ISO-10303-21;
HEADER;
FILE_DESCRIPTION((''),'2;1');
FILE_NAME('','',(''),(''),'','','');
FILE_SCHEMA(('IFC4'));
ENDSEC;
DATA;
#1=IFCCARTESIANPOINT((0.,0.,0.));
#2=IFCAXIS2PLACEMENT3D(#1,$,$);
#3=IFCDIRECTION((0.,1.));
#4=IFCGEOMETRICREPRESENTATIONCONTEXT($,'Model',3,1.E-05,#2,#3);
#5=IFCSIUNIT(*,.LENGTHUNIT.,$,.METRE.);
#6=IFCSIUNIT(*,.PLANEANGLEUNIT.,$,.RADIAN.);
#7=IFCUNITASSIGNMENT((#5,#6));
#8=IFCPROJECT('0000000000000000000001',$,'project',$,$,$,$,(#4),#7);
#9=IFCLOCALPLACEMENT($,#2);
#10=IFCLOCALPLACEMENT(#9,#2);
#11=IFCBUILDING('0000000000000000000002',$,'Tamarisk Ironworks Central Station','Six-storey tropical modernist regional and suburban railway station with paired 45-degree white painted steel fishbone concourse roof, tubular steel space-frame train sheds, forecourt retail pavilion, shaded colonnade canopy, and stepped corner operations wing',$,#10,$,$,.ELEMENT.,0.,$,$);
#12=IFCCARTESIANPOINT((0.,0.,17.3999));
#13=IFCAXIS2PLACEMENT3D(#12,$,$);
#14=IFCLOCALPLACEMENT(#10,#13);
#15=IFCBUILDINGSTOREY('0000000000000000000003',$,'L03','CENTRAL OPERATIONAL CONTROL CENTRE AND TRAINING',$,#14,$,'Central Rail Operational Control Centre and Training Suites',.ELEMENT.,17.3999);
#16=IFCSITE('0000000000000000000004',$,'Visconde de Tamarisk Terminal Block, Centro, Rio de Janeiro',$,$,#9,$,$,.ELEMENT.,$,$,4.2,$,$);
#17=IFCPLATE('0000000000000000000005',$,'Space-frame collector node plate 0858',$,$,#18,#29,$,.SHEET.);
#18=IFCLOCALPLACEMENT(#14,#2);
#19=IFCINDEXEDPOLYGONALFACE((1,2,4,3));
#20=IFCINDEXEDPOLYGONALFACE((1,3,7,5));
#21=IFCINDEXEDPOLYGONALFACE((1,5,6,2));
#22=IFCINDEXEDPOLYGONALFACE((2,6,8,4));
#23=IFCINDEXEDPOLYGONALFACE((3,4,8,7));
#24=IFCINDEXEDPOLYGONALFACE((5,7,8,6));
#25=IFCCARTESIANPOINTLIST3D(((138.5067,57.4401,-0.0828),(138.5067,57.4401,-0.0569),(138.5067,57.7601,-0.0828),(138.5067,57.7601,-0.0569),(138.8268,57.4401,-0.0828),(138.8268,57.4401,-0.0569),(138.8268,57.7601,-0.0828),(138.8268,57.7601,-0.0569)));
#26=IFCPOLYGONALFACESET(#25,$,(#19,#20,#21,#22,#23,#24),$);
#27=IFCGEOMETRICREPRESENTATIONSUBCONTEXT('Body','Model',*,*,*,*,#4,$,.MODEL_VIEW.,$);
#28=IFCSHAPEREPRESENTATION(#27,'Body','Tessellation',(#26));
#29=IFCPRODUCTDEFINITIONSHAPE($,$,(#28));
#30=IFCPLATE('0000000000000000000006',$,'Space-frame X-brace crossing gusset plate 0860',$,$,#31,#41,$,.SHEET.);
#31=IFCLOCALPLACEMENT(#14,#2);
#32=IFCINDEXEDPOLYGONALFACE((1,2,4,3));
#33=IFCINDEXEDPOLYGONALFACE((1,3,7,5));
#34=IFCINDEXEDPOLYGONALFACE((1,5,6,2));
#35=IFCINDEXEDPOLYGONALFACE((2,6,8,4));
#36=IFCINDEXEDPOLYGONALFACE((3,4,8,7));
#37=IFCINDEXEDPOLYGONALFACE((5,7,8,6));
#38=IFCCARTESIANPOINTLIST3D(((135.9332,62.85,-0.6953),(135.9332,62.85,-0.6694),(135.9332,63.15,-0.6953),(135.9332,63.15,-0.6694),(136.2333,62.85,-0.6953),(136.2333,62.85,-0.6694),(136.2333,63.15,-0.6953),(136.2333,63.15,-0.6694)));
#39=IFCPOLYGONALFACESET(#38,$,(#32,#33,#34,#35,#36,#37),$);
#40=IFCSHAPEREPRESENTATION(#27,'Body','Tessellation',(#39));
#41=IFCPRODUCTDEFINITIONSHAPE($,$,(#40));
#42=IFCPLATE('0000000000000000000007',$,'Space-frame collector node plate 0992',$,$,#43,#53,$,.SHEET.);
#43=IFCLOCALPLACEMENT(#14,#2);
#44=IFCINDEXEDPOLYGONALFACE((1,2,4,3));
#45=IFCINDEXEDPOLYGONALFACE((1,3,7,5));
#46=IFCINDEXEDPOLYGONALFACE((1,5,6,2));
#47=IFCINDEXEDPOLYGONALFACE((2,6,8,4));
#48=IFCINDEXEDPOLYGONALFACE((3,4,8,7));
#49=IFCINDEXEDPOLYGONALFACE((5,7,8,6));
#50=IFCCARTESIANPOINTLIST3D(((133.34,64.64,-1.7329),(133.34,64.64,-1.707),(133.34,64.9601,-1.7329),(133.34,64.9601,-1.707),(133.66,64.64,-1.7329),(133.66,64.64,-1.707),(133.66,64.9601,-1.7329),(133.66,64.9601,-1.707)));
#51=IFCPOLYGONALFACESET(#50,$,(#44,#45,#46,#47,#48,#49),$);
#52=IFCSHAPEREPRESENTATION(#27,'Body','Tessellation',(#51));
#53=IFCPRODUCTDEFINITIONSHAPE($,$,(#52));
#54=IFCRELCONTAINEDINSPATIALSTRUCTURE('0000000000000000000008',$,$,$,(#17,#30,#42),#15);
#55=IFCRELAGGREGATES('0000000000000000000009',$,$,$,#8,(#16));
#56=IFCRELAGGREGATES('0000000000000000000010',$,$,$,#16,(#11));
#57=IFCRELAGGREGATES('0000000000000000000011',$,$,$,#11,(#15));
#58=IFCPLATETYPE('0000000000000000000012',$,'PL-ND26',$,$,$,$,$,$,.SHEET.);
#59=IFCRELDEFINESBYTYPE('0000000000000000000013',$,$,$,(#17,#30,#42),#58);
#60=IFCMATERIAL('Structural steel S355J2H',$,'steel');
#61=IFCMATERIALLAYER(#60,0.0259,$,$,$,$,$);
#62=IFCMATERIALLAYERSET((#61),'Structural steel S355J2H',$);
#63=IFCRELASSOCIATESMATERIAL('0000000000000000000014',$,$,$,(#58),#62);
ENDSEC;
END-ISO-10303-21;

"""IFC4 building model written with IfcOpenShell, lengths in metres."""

from ifc_helpers import new_model, si_unit, direction, frame, origin, origin_2d, place, context, subcontext, project, spatial, rectangle, extrude, material, layer, layer_set, type_object, element, save


model = new_model("IFC4")

# Units and contexts
model_context = context("Model", 3, precision=1e-05, world=origin(), true_north=direction((0.0, 1.0)))
body_context = subcontext(model_context, "Body", "Model", "MODEL_VIEW")
ifc_project = project(units=[si_unit("LENGTHUNIT", "METRE"), si_unit("PLANEANGLEUNIT", "RADIAN")], contexts=[model_context])

# Site, building, storey
site_placement = place(None, origin())
site = spatial("IfcSite", under=ifc_project, at=site_placement, Name="Visconde de Tamarisk Terminal Block, Centro, Rio de Janeiro", CompositionType="ELEMENT", RefElevation=4.2)
building_placement = place(site_placement, origin())
building = spatial("IfcBuilding", under=site, at=building_placement, Name="Tamarisk Ironworks Central Station", Description="Six-storey tropical modernist regional and suburban railway station with paired 45-degree white painted steel fishbone concourse roof, tubular steel space-frame train sheds, forecourt retail pavilion, shaded colonnade canopy, and stepped corner operations wing", CompositionType="ELEMENT", ElevationOfRefHeight=0.0)
storey_placement = place(building_placement, frame((0.0, 0.0, 17.3999)))
storey = spatial("IfcBuildingStorey", under=building, at=storey_placement, Name="L03", Description="CENTRAL OPERATIONAL CONTROL CENTRE AND TRAINING", LongName="Central Rail Operational Control Centre and Training Suites", CompositionType="ELEMENT", Elevation=17.3999)

# Shared definitions
ifc_material = material(Name="Structural steel S355J2H", Category="steel")

# Plates
ifc_layer = layer(ifc_material, 0.0259)
ifc_layer_set = layer_set([ifc_layer], Name="Structural steel S355J2H")
plate_type = type_object("IfcPlateType", Name="PL-ND26", PredefinedType="SHEET", material=ifc_layer_set)
plate_1_placement = place(storey_placement, frame((138.6667, 57.6001, -0.0828), z_axis=(0.0, 0.0, 1.0), x_axis=(1.0, 0.0, 0.0)))
element("IfcPlate", 1, at=plate_1_placement, inside=storey, type_object=plate_type, Name="Space-frame collector node plate 0858", PredefinedType="SHEET", context=body_context, shape_type="SweptSolid", body=[
    extrude(rectangle(XDim=0.3201, YDim=0.3201, at=origin_2d()), origin(), (0.0, 0.0, 1.0), 0.0259),
])
plate_2_placement = place(storey_placement, frame((136.0833, 63.0, -0.6953), z_axis=(0.0, 0.0, 1.0), x_axis=(1.0, 0.0, 0.0)))
element("IfcPlate", 2, at=plate_2_placement, inside=storey, type_object=plate_type, Name="Space-frame X-brace crossing gusset plate 0860", PredefinedType="SHEET", context=body_context, shape_type="SweptSolid", body=[
    extrude(rectangle(XDim=0.3, YDim=0.3, at=origin_2d()), origin(), (0.0, 0.0, 1.0), 0.0259),
])
plate_3_placement = place(storey_placement, frame((133.5, 64.8, -1.7329), z_axis=(0.0, 0.0, 1.0), x_axis=(1.0, 0.0, 0.0)))
element("IfcPlate", 3, at=plate_3_placement, inside=storey, type_object=plate_type, Name="Space-frame collector node plate 0992", PredefinedType="SHEET", context=body_context, shape_type="SweptSolid", body=[
    extrude(rectangle(XDim=0.3201, YDim=0.3201, at=origin_2d()), origin(), (0.0, 0.0, 1.0), 0.0259),
])

save(model, "model.ifc")
